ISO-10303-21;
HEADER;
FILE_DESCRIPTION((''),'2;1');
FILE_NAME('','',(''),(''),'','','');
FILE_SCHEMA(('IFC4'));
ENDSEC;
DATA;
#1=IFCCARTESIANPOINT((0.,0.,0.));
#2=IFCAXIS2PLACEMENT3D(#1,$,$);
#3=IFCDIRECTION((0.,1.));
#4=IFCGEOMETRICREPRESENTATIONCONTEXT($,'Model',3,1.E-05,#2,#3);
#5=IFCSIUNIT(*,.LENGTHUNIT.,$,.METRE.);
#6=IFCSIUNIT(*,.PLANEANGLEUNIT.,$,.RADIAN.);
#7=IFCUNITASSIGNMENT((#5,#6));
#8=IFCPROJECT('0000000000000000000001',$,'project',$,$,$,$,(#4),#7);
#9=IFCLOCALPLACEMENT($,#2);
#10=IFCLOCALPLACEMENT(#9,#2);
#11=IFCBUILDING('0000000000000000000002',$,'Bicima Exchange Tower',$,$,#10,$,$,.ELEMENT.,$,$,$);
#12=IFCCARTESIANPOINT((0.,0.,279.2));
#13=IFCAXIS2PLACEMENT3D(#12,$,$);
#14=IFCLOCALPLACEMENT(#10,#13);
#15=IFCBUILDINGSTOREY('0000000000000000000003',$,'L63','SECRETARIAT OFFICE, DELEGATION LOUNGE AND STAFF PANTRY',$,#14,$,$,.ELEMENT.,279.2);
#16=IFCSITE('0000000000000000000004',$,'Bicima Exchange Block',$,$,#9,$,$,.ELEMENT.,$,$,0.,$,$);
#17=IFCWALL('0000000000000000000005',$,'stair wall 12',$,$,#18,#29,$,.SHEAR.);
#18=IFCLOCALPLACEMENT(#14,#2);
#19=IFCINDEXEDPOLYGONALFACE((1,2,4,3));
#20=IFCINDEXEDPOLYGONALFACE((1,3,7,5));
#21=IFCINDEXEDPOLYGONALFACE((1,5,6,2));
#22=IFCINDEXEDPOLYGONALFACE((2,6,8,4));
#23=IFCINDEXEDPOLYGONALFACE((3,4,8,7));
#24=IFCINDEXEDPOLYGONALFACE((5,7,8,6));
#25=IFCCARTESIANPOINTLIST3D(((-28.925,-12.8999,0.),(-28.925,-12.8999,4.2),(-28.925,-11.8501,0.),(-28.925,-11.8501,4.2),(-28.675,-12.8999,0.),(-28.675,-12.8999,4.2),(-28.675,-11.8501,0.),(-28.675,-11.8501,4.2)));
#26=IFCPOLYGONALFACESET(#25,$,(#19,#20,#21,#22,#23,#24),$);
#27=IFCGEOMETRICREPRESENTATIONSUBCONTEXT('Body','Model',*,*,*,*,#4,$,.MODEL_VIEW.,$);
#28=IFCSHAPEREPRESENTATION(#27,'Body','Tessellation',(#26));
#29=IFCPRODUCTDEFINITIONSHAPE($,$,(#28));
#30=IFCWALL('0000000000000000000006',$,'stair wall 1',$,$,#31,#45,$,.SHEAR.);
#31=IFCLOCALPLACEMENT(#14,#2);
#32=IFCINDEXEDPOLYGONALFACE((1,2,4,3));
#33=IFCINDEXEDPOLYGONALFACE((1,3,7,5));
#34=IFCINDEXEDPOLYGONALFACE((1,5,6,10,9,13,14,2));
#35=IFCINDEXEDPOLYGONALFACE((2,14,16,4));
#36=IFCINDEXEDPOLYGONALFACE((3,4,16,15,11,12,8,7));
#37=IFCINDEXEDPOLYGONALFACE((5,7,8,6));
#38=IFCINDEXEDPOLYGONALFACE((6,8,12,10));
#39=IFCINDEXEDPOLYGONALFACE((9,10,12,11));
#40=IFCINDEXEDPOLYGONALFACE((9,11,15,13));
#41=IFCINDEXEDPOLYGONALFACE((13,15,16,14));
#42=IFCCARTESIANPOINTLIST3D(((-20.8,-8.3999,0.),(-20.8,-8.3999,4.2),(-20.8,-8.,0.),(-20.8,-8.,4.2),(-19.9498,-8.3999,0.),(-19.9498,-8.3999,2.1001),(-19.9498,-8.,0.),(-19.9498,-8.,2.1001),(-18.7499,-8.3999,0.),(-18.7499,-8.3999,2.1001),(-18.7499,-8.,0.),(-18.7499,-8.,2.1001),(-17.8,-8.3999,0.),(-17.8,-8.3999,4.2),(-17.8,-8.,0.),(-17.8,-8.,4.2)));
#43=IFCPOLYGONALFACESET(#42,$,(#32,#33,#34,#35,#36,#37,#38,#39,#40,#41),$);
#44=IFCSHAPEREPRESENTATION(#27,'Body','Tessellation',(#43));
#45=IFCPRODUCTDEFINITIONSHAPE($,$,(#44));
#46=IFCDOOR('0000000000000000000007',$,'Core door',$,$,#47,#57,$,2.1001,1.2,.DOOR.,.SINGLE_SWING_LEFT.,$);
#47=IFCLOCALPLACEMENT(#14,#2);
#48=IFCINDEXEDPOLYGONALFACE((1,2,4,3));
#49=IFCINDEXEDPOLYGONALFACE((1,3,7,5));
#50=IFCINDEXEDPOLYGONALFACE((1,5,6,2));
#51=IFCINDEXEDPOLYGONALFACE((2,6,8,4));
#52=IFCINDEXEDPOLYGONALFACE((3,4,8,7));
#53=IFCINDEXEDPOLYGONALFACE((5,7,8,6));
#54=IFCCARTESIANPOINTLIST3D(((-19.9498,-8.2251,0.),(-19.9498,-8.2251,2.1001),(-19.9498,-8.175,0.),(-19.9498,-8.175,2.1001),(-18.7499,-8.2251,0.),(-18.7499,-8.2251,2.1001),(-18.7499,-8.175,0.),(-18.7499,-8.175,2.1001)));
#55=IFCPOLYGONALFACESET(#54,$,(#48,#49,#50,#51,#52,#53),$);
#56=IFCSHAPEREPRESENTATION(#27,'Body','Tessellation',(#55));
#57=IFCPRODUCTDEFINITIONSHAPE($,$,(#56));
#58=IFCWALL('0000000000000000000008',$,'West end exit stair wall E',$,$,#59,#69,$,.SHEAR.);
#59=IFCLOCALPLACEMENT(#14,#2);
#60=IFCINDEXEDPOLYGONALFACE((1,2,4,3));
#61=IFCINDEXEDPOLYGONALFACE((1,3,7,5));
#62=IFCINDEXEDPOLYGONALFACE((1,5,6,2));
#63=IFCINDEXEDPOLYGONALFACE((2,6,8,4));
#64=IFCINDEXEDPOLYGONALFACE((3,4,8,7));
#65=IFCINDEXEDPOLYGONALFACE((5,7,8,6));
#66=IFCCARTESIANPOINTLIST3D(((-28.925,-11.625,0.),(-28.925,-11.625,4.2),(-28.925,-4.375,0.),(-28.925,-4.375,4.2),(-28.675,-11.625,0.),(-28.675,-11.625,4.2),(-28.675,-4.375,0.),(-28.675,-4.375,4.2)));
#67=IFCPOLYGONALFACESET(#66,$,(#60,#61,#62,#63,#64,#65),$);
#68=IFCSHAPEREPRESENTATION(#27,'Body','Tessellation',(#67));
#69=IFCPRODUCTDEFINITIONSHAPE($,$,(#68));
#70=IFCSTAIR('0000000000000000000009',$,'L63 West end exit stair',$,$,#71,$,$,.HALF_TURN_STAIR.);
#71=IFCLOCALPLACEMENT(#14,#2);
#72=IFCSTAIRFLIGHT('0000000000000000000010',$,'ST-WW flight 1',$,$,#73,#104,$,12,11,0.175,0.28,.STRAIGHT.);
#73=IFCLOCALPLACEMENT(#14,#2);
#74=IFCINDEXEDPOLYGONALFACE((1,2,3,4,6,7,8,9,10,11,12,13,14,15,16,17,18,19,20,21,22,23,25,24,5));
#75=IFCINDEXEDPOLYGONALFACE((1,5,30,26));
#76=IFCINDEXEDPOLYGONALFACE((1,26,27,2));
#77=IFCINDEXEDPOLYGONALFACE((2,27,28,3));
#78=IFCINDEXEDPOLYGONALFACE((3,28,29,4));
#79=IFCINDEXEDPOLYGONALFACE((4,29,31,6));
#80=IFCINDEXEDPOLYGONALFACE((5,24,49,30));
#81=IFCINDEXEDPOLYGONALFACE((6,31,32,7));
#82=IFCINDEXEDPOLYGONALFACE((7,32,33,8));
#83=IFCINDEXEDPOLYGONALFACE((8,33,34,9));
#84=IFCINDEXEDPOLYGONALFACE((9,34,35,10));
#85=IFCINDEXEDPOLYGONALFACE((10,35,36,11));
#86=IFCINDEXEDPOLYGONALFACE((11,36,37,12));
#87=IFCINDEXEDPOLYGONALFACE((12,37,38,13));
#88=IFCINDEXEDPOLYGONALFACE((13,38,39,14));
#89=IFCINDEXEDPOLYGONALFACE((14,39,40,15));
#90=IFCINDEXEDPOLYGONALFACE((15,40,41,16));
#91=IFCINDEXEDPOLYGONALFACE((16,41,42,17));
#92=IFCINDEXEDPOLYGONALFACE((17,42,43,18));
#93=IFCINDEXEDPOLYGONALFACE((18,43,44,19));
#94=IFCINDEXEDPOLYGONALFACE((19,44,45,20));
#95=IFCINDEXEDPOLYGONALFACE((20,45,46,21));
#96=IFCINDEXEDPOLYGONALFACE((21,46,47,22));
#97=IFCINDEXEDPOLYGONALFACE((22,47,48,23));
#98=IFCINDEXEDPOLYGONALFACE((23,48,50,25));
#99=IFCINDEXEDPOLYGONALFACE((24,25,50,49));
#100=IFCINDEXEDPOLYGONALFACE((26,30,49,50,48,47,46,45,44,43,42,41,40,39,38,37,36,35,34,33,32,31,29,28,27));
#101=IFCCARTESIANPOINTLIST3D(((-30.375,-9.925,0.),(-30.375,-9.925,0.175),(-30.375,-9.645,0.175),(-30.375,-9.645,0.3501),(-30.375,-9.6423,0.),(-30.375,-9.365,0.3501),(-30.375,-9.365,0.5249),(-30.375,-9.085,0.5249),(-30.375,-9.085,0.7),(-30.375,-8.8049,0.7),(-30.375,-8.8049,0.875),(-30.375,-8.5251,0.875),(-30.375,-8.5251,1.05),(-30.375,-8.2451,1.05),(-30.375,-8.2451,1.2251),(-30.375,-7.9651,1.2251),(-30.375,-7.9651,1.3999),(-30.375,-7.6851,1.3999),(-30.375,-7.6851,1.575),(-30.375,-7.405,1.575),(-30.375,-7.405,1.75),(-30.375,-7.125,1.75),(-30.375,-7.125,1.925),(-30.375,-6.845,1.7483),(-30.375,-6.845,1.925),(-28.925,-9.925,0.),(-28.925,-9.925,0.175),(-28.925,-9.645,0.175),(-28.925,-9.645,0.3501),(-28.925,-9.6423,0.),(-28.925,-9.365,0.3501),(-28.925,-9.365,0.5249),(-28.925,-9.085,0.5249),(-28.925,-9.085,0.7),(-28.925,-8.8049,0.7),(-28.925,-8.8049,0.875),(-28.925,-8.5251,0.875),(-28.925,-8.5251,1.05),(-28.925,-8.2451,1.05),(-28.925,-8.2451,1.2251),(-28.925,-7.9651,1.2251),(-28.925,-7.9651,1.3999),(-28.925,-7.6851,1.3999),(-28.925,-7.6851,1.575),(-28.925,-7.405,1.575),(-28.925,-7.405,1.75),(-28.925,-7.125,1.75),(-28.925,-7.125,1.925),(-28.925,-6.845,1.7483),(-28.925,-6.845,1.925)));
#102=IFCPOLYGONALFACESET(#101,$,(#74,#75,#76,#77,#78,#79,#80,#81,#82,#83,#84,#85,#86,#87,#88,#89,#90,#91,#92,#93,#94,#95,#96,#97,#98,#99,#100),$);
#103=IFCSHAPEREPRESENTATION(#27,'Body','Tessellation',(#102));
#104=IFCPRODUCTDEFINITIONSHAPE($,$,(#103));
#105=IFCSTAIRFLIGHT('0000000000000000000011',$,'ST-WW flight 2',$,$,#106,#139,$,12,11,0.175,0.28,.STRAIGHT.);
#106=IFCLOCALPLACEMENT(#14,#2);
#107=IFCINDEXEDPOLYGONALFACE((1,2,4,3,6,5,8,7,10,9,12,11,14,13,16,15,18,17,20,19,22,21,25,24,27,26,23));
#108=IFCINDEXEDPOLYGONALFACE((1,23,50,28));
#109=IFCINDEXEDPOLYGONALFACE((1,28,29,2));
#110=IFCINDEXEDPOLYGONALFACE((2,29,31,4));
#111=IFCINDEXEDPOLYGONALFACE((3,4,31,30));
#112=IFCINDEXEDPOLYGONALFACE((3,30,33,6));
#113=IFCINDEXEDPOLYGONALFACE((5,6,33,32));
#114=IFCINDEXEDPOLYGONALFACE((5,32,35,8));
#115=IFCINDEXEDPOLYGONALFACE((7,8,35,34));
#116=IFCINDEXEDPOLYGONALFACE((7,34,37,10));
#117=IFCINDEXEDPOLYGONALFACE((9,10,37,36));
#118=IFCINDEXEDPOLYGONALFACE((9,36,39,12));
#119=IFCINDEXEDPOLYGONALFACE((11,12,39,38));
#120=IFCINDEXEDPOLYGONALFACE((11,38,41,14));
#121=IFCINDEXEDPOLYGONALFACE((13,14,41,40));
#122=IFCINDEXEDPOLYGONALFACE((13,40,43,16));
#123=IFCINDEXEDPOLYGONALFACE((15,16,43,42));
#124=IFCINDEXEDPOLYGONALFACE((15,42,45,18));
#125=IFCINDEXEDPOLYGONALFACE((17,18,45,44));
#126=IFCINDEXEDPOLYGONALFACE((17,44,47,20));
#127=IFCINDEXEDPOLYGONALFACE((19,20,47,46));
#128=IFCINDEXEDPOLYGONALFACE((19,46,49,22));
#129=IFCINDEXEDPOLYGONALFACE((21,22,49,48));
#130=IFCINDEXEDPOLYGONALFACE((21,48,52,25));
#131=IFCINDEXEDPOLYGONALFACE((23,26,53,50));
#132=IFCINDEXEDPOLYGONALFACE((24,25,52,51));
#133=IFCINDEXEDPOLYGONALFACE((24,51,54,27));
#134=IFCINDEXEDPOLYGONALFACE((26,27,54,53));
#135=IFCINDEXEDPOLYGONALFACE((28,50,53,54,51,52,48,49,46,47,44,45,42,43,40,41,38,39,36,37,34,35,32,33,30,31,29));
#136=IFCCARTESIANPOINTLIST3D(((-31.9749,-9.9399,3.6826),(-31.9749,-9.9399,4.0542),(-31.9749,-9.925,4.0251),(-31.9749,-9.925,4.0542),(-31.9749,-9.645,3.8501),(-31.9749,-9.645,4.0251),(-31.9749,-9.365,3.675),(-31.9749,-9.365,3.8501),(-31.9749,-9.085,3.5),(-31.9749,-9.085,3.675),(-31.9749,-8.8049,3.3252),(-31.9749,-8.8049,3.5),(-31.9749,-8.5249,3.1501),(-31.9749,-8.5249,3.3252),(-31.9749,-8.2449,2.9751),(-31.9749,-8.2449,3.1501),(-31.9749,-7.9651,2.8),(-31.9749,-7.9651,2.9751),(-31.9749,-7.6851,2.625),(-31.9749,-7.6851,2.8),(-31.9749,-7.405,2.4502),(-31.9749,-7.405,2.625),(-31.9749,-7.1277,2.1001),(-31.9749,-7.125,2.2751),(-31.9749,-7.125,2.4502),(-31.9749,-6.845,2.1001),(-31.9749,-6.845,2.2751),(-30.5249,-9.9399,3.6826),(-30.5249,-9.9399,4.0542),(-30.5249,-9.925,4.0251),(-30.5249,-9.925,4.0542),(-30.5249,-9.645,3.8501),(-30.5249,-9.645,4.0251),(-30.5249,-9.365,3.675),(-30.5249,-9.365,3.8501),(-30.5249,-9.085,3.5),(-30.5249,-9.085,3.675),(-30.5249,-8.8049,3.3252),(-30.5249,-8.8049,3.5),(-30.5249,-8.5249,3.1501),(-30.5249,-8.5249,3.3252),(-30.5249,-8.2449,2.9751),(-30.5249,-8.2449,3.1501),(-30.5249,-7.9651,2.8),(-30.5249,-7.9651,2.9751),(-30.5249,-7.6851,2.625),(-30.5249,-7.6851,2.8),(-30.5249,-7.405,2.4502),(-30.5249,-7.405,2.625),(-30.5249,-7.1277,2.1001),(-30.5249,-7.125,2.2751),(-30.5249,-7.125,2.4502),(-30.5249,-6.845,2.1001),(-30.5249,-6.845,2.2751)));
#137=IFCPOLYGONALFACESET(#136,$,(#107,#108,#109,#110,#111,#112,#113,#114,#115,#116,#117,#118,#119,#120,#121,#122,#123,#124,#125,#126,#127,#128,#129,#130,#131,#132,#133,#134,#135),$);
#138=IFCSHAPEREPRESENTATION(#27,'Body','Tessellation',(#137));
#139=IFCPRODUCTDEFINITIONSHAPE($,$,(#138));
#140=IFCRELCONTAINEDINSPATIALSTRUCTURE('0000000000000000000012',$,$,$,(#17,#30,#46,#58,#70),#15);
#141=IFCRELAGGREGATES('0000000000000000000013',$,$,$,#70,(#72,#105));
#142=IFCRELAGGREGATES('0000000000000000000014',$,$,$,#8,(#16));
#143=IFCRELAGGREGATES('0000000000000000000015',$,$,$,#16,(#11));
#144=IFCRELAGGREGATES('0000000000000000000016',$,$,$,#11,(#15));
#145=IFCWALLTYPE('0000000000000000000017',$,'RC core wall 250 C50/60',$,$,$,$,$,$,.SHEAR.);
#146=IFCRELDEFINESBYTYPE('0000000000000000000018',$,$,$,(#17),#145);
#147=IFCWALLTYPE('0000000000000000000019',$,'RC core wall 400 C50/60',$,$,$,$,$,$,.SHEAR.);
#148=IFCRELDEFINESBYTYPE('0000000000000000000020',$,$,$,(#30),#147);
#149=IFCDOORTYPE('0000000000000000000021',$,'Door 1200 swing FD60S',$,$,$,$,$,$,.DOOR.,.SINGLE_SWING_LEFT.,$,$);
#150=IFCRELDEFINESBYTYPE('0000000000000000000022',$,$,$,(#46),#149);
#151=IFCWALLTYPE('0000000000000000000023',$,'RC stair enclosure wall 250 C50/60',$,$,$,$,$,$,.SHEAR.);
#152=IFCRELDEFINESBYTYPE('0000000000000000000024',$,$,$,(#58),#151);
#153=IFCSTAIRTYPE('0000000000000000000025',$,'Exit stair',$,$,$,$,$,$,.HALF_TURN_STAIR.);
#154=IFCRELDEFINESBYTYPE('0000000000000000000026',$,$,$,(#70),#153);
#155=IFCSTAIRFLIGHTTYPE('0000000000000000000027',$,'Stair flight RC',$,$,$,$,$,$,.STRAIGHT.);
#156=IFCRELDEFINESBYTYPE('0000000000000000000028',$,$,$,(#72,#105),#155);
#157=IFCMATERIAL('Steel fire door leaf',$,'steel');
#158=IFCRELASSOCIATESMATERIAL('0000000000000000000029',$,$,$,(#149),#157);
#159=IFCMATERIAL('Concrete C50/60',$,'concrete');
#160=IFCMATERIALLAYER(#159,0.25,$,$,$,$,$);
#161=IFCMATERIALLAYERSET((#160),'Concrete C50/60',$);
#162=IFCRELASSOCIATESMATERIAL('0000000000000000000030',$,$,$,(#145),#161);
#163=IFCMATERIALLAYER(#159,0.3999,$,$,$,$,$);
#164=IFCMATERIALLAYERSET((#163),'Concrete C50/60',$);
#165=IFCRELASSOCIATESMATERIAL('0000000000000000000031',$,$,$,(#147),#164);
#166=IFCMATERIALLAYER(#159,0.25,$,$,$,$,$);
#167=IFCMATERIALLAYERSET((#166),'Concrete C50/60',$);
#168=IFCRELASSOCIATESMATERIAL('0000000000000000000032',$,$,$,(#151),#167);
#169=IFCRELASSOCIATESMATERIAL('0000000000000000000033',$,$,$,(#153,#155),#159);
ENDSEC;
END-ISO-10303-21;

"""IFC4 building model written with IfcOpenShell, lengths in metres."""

from ifc_helpers import new_model, si_unit, direction, frame, frame_2d, origin, place, context, subcontext, project, spatial, polyline, rectangle, outline, extrude, material, layer, layer_set, type_object, element, fill, aggregate, save


model = new_model("IFC4")

# Units and contexts
model_context = context("Model", 3, precision=1e-05, world=origin(), true_north=direction((0.0, 1.0)))
body_context = subcontext(model_context, "Body", "Model", "MODEL_VIEW")
ifc_project = project(units=[si_unit("LENGTHUNIT", "METRE"), si_unit("PLANEANGLEUNIT", "RADIAN")], contexts=[model_context])

# Site, building, storey
site_placement = place(None, origin())
site = spatial("IfcSite", under=ifc_project, at=site_placement, Name="Bicima Exchange Block", CompositionType="ELEMENT", RefElevation=0.0)
building_placement = place(site_placement, origin())
building = spatial("IfcBuilding", under=site, at=building_placement, Name="Bicima Exchange Tower", CompositionType="ELEMENT")
storey_placement = place(building_placement, frame((0.0, 0.0, 279.2)))
storey = spatial("IfcBuildingStorey", under=building, at=storey_placement, Name="L63", Description="SECRETARIAT OFFICE, DELEGATION LOUNGE AND STAFF PANTRY", CompositionType="ELEMENT", Elevation=279.2)

# Shared definitions
ifc_material_1 = material(Name="Steel fire door leaf", Category="steel")
door_type_1 = type_object("IfcDoorType", Name="Door 1200 swing FD60S", OperationType="SINGLE_SWING_LEFT", PredefinedType="DOOR", material=ifc_material_1)

# Wall
ifc_material_2 = material(Name="Concrete C50/60", Category="concrete")
ifc_layer_1 = layer(ifc_material_2, 0.25)
ifc_layer_set_1 = layer_set([ifc_layer_1], Name="Concrete C50/60")
wall_type_1 = type_object("IfcWallType", Name="RC core wall 250 C50/60", PredefinedType="SHEAR", material=ifc_layer_set_1)
wall_1_placement = place(storey_placement, frame((-28.8, -12.8999, 0.0), z_axis=(0.0, 0.0, 1.0), x_axis=(0.0, 1.0, 0.0)))
element("IfcWall", 1, at=wall_1_placement, inside=storey, type_object=wall_type_1, Name="stair wall 12", PredefinedType="SHEAR", context=body_context, shape_type="SweptSolid", body=[
    extrude(rectangle(XDim=1.0498, YDim=0.25, at=frame_2d((0.5249, 0.0))), origin(), (0.0, 0.0, 1.0), 4.2),
])

# Wall, opening, door
ifc_layer_2 = layer(ifc_material_2, 0.3999)
ifc_layer_set_2 = layer_set([ifc_layer_2], Name="Concrete C50/60")
wall_type_2 = type_object("IfcWallType", Name="RC core wall 400 C50/60", PredefinedType="SHEAR", material=ifc_layer_set_2)
wall_2_placement = place(storey_placement, frame((-20.8, -8.2, 0.0), z_axis=(0.0, 0.0, 1.0), x_axis=(1.0, 0.0, 0.0)))
wall_2 = element("IfcWall", 2, at=wall_2_placement, inside=storey, type_object=wall_type_2, Name="stair wall 1", PredefinedType="SHEAR", context=body_context, shape_type="SweptSolid", body=[
    extrude(rectangle(XDim=3.0, YDim=0.3999, at=frame_2d((1.5, 0.0))), origin(), (0.0, 0.0, 1.0), 4.2),
])
opening_1_placement = place(wall_2_placement, frame((0.8501, 0.0, 0.0)))
opening_1 = element("IfcOpeningElement", 3, at=opening_1_placement, cuts=wall_2, PredefinedType="OPENING", context=body_context, shape_type="SweptSolid", body=[
    extrude(rectangle(XDim=1.2, YDim=2.1001, at=frame_2d((0.6001, 1.05))), frame((0.0, 0.2119, 0.0), z_axis=(0.0, -1.0, 0.0), x_axis=(1.0, 0.0, 0.0)), (0.0, 0.0, 1.0), 0.4238),
])
door_1_placement = place(opening_1_placement, origin())
door_1 = element("IfcDoor", 4, at=door_1_placement, inside=storey, type_object=door_type_1, Name="Core door", OperationType="SINGLE_SWING_LEFT", OverallHeight=2.1001, OverallWidth=1.2, PredefinedType="DOOR", context=body_context, shape_type="SweptSolid", body=[
    extrude(rectangle(XDim=1.2, YDim=2.1001, at=frame_2d((0.6001, 1.05))), frame((0.0, 0.0249, 0.0), z_axis=(0.0, -1.0, 0.0), x_axis=(1.0, 0.0, 0.0)), (0.0, 0.0, 1.0), 0.05),
])
fill(opening_1, door_1)

# Wall
ifc_layer_3 = layer(ifc_material_2, 0.25)
ifc_layer_set_3 = layer_set([ifc_layer_3], Name="Concrete C50/60")
wall_type_3 = type_object("IfcWallType", Name="RC stair enclosure wall 250 C50/60", PredefinedType="SHEAR", material=ifc_layer_set_3)
wall_3_placement = place(storey_placement, frame((-28.8, -11.625, 0.0), z_axis=(0.0, 0.0, 1.0), x_axis=(0.0, 1.0, 0.0)))
element("IfcWall", 5, at=wall_3_placement, inside=storey, type_object=wall_type_3, Name="West end exit stair wall E", PredefinedType="SHEAR", context=body_context, shape_type="SweptSolid", body=[
    extrude(rectangle(XDim=7.25, YDim=0.25, at=frame_2d((3.625, 0.0))), origin(), (0.0, 0.0, 1.0), 4.2),
])

# Stair, stair flights
stair_type = type_object("IfcStairType", Name="Exit stair", PredefinedType="HALF_TURN_STAIR", material=ifc_material_2)
stair_placement = place(storey_placement, origin())
stair = element("IfcStair", 6, at=stair_placement, inside=storey, type_object=stair_type, Name="L63 West end exit stair", PredefinedType="HALF_TURN_STAIR")
stair_flight_type = type_object("IfcStairFlightType", Name="Stair flight RC", PredefinedType="STRAIGHT", material=ifc_material_2)
stair_flight_1_placement = place(storey_placement, frame((-29.6499, -9.925, 0.0), z_axis=(0.0, 0.0, 1.0), x_axis=(0.0, 1.0, 0.0)))
stair_flight_1 = element("IfcStairFlight", 7, at=stair_flight_1_placement, type_object=stair_flight_type, Name="ST-WW flight 1", NumberOfRisers=12, NumberOfTreads=11, PredefinedType="STRAIGHT", RiserHeight=0.175, TreadLength=0.28, context=body_context, shape_type="SweptSolid", body=[
    extrude(outline(polyline([(0.0, 0.0), (0.0, 0.175), (0.28, 0.175), (0.28, 0.3501), (0.5601, 0.3501), (0.5601, 0.5249), (0.8401, 0.5249), (0.8401, 0.7), (1.1201, 0.7), (1.1201, 0.875), (1.3999, 0.875), (1.3999, 1.05), (1.6799, 1.05), (1.6799, 1.2251), (1.96, 1.2251), (1.96, 1.3999), (2.24, 1.3999), (2.24, 1.575), (2.52, 1.575), (2.52, 1.75), (2.8, 1.75), (2.8, 1.925), (3.0801, 1.925), (3.0801, 2.1001), (3.0801, 1.7483), (0.2827, 0.0), (0.0, 0.0)])), frame((0.0, 0.7251, 0.0), z_axis=(0.0, -1.0, 0.0), x_axis=(1.0, 0.0, 0.0)), (0.0, 0.0, 1.0), 1.45),
])
stair_flight_2_placement = place(storey_placement, frame((-31.25, -6.845, 2.1001), z_axis=(0.0, 0.0, 1.0), x_axis=(0.0, -1.0, 0.0)))
stair_flight_2 = element("IfcStairFlight", 8, at=stair_flight_2_placement, type_object=stair_flight_type, Name="ST-WW flight 2", NumberOfRisers=12, NumberOfTreads=11, PredefinedType="STRAIGHT", RiserHeight=0.175, TreadLength=0.28, context=body_context, shape_type="SweptSolid", body=[
    extrude(outline(polyline([(0.0, 0.0), (0.0, 0.175), (0.28, 0.175), (0.28, 0.3501), (0.5601, 0.3501), (0.5601, 0.5249), (0.8401, 0.5249), (0.8401, 0.7), (1.1201, 0.7), (1.1201, 0.875), (1.3999, 0.875), (1.3999, 1.05), (1.6799, 1.05), (1.6799, 1.2251), (1.96, 1.2251), (1.96, 1.3999), (2.24, 1.3999), (2.24, 1.575), (2.52, 1.575), (2.52, 1.75), (2.8, 1.75), (2.8, 1.925), (3.0801, 1.925), (3.0801, 1.9541), (3.095, 1.9541), (3.095, 1.5825), (0.2827, 0.0), (0.0, 0.0)])), frame((0.0, 0.7251, 0.0), z_axis=(0.0, -1.0, 0.0), x_axis=(1.0, 0.0, 0.0)), (0.0, 0.0, 1.0), 1.45),
])
aggregate(stair, [stair_flight_1, stair_flight_2])

save(model, "model.ifc")
